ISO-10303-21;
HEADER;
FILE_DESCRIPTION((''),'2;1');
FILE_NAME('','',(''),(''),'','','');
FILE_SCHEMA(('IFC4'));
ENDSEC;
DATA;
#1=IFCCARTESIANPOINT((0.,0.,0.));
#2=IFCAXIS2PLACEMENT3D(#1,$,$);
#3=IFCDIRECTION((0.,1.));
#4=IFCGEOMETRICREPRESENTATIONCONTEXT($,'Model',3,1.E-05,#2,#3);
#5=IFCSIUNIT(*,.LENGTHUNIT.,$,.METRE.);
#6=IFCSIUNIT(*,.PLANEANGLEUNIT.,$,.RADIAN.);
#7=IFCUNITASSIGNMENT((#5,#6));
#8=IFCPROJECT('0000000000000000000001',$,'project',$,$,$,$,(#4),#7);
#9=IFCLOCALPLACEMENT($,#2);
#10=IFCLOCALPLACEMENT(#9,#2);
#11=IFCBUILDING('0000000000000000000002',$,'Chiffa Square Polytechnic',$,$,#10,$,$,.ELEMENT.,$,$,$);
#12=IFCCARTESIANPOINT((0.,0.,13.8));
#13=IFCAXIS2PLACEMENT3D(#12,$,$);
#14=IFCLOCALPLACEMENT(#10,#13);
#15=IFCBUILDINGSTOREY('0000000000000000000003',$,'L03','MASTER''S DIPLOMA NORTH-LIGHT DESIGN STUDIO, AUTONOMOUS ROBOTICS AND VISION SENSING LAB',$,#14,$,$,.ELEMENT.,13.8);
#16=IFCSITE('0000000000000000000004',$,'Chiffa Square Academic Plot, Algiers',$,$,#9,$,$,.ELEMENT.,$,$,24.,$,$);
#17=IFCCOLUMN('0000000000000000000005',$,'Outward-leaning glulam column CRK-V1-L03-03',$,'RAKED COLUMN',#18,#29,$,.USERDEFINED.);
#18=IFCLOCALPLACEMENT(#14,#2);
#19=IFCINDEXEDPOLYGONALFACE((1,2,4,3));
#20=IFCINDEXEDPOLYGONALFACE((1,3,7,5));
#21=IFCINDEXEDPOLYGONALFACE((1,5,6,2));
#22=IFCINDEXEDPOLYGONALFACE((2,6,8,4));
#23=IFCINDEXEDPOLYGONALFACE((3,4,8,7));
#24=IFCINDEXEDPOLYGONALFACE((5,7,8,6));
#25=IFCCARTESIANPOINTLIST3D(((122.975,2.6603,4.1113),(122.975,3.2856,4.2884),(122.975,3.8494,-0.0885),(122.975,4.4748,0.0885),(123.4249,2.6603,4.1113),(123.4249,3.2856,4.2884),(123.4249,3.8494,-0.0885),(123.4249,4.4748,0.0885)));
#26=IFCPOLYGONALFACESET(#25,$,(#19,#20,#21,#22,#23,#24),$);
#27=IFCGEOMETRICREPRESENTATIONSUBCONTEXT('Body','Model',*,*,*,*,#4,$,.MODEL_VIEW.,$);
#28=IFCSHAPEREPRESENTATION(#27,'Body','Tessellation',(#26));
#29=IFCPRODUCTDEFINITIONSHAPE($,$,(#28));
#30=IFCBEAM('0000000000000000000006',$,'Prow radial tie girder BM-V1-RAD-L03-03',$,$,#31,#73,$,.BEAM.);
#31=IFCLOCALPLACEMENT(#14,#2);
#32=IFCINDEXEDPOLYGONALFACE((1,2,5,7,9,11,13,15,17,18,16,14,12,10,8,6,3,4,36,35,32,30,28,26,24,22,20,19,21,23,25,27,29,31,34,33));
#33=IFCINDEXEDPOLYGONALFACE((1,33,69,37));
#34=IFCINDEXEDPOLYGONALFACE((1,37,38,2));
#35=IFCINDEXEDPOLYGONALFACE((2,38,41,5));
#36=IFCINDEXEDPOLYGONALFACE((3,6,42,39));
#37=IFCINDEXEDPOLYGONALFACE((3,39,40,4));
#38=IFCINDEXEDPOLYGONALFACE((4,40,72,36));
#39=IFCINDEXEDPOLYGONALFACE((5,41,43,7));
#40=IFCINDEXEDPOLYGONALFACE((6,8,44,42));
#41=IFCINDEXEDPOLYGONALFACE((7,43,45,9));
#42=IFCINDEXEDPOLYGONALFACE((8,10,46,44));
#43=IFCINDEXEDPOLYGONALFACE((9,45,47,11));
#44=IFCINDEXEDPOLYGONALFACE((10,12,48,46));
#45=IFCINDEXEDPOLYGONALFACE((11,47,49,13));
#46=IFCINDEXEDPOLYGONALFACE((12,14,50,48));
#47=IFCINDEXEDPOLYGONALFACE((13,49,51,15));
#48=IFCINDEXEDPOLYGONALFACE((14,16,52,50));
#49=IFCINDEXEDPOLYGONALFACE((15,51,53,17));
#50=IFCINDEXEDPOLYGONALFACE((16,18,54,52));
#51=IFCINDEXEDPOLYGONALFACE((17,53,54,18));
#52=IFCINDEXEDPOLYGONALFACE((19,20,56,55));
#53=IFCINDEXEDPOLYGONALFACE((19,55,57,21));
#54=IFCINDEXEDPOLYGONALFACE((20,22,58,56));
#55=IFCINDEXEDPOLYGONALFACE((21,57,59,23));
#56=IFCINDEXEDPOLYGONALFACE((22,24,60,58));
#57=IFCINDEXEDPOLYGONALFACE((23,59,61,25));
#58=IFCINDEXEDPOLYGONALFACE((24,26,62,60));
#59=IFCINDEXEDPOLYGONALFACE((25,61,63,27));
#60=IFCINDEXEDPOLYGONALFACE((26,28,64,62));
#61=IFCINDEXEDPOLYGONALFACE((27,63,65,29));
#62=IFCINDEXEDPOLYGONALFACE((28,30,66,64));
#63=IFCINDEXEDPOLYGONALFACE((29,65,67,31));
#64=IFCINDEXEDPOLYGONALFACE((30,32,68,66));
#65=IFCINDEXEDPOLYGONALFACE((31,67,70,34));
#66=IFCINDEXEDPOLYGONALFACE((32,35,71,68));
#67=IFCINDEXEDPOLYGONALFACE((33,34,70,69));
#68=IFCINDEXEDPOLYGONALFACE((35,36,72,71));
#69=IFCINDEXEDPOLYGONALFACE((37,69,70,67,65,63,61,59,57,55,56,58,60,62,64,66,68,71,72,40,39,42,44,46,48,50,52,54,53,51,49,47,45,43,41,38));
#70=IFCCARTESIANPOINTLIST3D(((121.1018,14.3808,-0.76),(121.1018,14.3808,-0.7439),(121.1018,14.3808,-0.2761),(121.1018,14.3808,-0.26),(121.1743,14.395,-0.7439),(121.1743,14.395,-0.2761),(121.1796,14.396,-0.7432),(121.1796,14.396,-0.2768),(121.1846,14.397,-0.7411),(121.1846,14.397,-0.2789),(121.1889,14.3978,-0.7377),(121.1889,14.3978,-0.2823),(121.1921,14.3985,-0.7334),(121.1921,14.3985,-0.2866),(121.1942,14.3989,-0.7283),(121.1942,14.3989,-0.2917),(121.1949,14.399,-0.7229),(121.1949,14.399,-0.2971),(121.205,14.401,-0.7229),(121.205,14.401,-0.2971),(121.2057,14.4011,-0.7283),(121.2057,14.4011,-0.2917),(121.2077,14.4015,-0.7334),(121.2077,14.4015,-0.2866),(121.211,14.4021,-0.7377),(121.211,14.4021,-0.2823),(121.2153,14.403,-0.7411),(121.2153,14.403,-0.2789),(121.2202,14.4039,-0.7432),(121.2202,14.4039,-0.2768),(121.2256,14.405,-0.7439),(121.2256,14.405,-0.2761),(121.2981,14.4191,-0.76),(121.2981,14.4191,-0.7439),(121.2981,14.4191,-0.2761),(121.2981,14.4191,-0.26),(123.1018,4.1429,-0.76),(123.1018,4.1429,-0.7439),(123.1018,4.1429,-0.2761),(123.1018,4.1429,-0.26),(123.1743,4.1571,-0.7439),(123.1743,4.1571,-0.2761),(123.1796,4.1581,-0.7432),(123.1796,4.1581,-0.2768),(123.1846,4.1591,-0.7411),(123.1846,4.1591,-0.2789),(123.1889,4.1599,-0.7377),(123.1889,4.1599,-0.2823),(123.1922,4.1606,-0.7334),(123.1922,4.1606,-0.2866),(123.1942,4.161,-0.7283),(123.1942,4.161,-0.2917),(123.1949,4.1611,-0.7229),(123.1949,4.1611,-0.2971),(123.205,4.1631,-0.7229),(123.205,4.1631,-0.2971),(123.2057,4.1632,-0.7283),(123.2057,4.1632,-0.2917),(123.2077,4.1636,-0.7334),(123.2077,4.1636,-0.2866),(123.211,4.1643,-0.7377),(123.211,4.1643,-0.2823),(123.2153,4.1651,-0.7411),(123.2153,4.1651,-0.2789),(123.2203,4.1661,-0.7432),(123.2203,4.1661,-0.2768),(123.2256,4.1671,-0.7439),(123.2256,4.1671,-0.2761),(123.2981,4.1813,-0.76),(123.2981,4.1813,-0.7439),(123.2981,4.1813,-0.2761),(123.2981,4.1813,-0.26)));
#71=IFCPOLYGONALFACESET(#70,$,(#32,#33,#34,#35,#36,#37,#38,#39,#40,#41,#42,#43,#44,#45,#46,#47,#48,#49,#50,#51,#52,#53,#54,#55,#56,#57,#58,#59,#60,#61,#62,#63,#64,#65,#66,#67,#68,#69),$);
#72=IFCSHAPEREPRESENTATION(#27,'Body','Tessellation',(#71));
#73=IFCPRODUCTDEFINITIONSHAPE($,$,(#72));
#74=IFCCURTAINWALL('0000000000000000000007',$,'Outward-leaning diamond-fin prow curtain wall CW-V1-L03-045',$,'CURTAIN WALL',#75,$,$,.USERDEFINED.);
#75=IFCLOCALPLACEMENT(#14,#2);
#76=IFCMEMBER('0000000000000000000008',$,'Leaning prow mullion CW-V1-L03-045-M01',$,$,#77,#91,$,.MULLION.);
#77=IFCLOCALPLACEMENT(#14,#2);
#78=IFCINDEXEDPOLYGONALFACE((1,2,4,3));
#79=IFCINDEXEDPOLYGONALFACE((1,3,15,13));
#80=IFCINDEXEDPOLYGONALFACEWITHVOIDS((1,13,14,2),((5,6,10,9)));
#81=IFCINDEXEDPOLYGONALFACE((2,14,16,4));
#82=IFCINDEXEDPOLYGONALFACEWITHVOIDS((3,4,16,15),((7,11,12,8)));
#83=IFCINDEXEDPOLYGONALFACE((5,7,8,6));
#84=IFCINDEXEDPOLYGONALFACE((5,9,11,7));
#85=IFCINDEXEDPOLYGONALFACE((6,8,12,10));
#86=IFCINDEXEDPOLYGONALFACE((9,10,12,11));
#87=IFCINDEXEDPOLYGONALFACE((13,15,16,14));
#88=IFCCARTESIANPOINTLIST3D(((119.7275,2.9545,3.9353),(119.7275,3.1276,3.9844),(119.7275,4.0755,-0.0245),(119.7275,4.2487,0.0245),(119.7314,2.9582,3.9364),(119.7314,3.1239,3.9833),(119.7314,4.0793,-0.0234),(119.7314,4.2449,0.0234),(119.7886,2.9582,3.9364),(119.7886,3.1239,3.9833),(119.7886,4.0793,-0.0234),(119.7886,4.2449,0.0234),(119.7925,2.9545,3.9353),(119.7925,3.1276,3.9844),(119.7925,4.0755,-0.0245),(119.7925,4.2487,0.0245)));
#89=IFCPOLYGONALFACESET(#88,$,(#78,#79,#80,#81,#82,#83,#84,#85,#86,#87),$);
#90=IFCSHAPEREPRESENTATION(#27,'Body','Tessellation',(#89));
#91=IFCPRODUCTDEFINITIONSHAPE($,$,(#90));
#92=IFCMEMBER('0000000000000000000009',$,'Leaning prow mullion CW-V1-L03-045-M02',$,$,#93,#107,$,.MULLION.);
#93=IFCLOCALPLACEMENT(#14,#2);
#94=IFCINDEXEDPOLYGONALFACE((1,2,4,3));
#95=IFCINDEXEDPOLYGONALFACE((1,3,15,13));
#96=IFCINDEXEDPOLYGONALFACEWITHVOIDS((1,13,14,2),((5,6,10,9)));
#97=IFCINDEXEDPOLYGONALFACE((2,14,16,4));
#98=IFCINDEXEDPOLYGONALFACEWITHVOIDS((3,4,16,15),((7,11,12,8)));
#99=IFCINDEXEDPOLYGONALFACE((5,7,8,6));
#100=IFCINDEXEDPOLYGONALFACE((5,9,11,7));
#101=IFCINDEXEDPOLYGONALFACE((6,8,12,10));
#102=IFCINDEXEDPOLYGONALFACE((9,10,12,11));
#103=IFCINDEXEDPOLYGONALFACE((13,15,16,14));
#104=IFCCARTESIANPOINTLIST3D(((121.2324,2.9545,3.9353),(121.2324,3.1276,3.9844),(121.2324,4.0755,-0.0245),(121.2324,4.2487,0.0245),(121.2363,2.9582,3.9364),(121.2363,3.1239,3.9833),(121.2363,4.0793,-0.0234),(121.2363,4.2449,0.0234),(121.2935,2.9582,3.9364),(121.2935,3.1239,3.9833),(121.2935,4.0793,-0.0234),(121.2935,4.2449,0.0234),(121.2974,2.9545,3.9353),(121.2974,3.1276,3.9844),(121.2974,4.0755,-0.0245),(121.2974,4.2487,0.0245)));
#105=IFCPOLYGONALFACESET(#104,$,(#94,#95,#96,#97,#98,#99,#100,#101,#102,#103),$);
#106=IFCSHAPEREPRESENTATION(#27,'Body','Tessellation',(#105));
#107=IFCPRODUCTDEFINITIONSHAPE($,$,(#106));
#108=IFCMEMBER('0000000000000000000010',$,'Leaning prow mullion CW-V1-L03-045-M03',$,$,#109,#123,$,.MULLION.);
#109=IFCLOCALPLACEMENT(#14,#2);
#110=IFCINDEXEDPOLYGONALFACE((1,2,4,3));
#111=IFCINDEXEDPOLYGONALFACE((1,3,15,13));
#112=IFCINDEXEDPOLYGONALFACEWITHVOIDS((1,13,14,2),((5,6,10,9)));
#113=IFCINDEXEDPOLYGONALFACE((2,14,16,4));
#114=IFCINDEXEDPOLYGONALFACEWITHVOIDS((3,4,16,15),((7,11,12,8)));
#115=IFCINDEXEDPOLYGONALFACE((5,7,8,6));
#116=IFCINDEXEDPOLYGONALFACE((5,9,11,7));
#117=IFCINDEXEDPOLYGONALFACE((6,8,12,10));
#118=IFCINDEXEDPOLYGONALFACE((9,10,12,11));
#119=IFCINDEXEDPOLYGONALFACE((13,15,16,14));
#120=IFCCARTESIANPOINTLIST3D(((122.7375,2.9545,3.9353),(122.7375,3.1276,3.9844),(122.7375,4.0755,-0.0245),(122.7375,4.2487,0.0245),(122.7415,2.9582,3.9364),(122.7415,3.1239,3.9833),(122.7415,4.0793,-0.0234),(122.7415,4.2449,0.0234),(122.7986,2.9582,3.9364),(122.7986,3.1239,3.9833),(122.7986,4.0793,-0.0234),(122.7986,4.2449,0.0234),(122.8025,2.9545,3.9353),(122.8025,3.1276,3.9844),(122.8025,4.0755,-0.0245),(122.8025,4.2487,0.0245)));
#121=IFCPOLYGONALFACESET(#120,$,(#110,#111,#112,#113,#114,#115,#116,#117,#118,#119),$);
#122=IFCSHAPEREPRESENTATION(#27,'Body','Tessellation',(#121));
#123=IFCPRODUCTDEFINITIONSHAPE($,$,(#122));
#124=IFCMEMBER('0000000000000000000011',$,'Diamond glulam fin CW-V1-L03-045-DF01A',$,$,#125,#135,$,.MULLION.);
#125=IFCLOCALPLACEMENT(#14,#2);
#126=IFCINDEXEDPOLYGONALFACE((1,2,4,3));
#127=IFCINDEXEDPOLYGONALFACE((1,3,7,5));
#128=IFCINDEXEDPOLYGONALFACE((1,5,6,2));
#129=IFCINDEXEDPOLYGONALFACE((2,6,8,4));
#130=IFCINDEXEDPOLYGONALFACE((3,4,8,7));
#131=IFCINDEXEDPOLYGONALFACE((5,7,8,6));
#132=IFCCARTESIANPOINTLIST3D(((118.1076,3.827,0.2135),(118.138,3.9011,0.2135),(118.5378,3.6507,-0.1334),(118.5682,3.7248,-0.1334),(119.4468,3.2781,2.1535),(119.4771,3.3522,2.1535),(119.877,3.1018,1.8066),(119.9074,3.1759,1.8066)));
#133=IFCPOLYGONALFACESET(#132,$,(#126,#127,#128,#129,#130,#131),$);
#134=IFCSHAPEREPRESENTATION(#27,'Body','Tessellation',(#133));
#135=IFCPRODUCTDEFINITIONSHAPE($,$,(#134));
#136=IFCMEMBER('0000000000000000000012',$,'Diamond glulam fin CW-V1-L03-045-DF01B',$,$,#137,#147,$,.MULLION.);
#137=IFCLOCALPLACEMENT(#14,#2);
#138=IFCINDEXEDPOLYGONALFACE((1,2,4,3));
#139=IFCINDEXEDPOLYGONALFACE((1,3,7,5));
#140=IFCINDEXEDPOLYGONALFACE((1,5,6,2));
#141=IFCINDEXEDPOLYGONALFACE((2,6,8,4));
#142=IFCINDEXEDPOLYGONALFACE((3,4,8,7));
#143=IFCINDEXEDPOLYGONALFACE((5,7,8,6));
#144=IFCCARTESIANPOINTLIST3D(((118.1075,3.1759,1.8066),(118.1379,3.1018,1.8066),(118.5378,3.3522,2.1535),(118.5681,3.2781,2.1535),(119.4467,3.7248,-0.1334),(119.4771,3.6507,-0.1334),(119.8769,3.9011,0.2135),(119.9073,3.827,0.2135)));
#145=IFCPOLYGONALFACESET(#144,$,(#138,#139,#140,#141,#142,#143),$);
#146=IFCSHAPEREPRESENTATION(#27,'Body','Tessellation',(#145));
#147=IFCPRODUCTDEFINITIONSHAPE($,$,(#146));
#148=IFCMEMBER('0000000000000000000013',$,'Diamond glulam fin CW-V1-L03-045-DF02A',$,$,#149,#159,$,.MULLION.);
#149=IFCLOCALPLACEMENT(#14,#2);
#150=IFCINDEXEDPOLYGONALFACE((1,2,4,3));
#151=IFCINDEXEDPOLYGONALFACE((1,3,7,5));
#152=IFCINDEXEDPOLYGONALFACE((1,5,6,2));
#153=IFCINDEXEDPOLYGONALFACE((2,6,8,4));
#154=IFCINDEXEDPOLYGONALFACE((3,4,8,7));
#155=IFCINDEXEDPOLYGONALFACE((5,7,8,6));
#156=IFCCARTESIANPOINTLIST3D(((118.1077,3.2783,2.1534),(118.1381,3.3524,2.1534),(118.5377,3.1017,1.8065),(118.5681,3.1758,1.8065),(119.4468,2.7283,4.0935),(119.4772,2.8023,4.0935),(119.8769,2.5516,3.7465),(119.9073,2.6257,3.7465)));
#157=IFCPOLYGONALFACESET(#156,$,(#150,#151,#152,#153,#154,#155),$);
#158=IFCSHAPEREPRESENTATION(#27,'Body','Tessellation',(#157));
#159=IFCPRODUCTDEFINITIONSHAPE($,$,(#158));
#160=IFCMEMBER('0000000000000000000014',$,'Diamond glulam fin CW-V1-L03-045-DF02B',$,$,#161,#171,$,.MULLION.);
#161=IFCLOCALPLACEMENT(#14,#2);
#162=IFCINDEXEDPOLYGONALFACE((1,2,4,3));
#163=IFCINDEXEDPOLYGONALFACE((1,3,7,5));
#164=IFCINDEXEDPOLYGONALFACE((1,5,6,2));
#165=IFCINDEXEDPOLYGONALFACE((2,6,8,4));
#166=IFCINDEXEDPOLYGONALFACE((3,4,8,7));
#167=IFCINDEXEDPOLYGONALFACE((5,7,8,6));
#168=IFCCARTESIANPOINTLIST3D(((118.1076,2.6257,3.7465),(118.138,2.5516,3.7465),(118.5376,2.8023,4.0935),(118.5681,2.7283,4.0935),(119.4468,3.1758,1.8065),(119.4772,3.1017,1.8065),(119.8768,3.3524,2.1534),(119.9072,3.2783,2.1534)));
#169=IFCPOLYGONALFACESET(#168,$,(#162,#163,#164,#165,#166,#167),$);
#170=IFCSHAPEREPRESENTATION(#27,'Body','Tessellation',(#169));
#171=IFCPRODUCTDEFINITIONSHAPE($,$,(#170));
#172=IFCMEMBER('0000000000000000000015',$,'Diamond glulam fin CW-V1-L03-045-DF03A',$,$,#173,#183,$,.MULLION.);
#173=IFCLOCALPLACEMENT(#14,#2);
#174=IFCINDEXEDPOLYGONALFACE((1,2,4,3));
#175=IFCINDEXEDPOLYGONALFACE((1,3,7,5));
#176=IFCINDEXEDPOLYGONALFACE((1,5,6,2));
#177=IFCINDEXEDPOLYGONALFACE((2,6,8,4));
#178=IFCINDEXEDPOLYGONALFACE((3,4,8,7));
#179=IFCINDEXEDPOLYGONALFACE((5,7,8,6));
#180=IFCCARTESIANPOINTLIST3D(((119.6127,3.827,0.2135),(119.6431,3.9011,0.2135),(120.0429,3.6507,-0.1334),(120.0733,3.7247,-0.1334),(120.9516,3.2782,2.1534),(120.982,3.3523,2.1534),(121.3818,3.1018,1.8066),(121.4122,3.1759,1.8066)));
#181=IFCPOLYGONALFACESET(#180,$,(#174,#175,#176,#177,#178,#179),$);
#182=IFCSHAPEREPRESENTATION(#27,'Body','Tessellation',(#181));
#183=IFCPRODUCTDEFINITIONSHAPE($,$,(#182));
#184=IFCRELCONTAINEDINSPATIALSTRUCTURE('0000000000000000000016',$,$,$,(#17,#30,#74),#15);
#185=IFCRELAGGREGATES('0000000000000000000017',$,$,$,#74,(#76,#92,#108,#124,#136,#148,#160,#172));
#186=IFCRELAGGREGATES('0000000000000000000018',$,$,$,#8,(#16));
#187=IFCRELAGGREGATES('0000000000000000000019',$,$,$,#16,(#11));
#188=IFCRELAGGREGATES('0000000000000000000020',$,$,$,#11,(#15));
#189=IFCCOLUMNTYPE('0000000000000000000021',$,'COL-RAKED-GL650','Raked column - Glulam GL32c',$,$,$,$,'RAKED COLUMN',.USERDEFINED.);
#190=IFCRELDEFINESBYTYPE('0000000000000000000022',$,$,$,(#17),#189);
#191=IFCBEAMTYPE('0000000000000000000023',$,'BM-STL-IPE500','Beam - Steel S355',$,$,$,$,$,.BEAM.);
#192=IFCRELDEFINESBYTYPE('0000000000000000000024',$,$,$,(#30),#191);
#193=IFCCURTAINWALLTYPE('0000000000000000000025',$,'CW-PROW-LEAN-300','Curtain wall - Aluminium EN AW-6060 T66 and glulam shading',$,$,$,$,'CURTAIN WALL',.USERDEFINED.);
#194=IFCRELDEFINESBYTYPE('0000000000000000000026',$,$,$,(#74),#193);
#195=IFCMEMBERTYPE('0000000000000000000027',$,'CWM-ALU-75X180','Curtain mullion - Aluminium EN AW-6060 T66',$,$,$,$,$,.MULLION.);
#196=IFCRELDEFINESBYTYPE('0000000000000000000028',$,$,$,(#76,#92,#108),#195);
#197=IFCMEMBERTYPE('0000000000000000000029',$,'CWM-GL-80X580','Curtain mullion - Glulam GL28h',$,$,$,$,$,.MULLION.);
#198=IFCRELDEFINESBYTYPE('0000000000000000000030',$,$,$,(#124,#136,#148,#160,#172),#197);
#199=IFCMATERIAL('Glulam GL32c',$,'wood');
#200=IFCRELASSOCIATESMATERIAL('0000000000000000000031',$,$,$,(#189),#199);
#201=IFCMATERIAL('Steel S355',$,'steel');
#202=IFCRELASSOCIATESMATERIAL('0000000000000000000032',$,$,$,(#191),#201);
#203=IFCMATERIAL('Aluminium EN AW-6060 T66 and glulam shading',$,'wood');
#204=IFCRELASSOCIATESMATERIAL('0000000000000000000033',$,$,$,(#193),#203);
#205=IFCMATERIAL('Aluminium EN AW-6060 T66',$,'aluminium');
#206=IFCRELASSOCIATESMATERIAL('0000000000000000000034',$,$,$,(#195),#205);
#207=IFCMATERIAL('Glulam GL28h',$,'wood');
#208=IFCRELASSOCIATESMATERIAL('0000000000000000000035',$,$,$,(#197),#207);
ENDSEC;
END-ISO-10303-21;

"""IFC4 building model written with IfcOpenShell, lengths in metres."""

from ifc_helpers import new_model, si_unit, direction, frame, origin, origin_2d, place, context, subcontext, project, spatial, rectangle, hollow_rectangle, i_section, extrude, material, material_profile, profile_set, type_object, element, aggregate, save


model = new_model("IFC4")

# Units and contexts
model_context = context("Model", 3, precision=1e-05, world=origin(), true_north=direction((0.0, 1.0)))
body_context = subcontext(model_context, "Body", "Model", "MODEL_VIEW")
ifc_project = project(units=[si_unit("LENGTHUNIT", "METRE"), si_unit("PLANEANGLEUNIT", "RADIAN")], contexts=[model_context])

# Site, building, storey
site_placement = place(None, origin())
site = spatial("IfcSite", under=ifc_project, at=site_placement, Name="Chiffa Square Academic Plot, Algiers", CompositionType="ELEMENT", RefElevation=24.0)
building_placement = place(site_placement, origin())
building = spatial("IfcBuilding", under=site, at=building_placement, Name="Chiffa Square Polytechnic", CompositionType="ELEMENT")
storey_placement = place(building_placement, frame((0.0, 0.0, 13.8)))
storey = spatial("IfcBuildingStorey", under=building, at=storey_placement, Name="L03", Description="MASTER'S DIPLOMA NORTH-LIGHT DESIGN STUDIO, AUTONOMOUS ROBOTICS AND VISION SENSING LAB", CompositionType="ELEMENT", Elevation=13.8)

# Column
ifc_material_1 = material(Name="Glulam GL32c", Category="wood")
ifc_material_profile_1 = material_profile(ifc_material_1, rectangle(XDim=0.45, YDim=0.6499, at=origin_2d()), Name="GL32c 450x650")
ifc_profile_set_1 = profile_set([ifc_material_profile_1], Name="Glulam GL32c")
column_type = type_object("IfcColumnType", Name="COL-RAKED-GL650", Description="Raked column - Glulam GL32c", ElementType="RAKED COLUMN", PredefinedType="USERDEFINED", material=ifc_profile_set_1)
column_placement = place(storey_placement, frame((123.2, 4.1621, 0.0), z_axis=(0.0, -0.272438, 0.962173), x_axis=(1.0, 0.0, 0.0)))
element("IfcColumn", 1, at=column_placement, inside=storey, type_object=column_type, Name="Outward-leaning glulam column CRK-V1-L03-03", ObjectType="RAKED COLUMN", PredefinedType="USERDEFINED", context=body_context, shape_type="SweptSolid", body=[
    extrude(rectangle(XDim=0.45, YDim=0.6499, at=origin_2d()), origin(), (0.0, 0.0, 1.0), 4.365),
])

# Beam
ifc_material_2 = material(Name="Steel S355", Category="steel")
ifc_material_profile_2 = material_profile(ifc_material_2, i_section(OverallWidth=0.2, OverallDepth=0.5, WebThickness=0.0103, FlangeThickness=0.0161, FilletRadius=0.021, at=origin_2d()), Name="IPE 500")
ifc_profile_set_2 = profile_set([ifc_material_profile_2], Name="Steel S355")
beam_type_1 = type_object("IfcBeamType", Name="BM-STL-IPE500", Description="Beam - Steel S355", PredefinedType="BEAM", material=ifc_profile_set_2)
beam_1_placement = place(storey_placement, frame((123.2, 4.1621, -0.51), z_axis=(-0.19173, 0.981448, 0.0), x_axis=(-0.981448, -0.19173, 0.0)))
element("IfcBeam", 2, at=beam_1_placement, inside=storey, type_object=beam_type_1, Name="Prow radial tie girder BM-V1-RAD-L03-03", PredefinedType="BEAM", context=body_context, shape_type="SweptSolid", body=[
    extrude(i_section(OverallWidth=0.2, OverallDepth=0.5, WebThickness=0.0103, FlangeThickness=0.0161, FilletRadius=0.021, at=origin_2d()), origin(), (0.0, 0.0, 1.0), 10.4314),
])

# Curtain wall, members
ifc_material_3 = material(Name="Aluminium EN AW-6060 T66 and glulam shading", Category="wood")
curtain_wall_type_1 = type_object("IfcCurtainWallType", Name="CW-PROW-LEAN-300", Description="Curtain wall - Aluminium EN AW-6060 T66 and glulam shading", ElementType="CURTAIN WALL", PredefinedType="USERDEFINED", material=ifc_material_3)
curtain_wall_1_placement = place(storey_placement, origin())
curtain_wall_1 = element("IfcCurtainWall", 3, at=curtain_wall_1_placement, inside=storey, type_object=curtain_wall_type_1, Name="Outward-leaning diamond-fin prow curtain wall CW-V1-L03-045", ObjectType="CURTAIN WALL", PredefinedType="USERDEFINED")
ifc_material_4 = material(Name="Aluminium EN AW-6060 T66", Category="aluminium")
ifc_material_profile_3 = material_profile(ifc_material_4, hollow_rectangle(XDim=0.0649, YDim=0.1799, WallThickness=0.0039, at=origin_2d()), Name="ALU 65x180x4")
ifc_profile_set_3 = profile_set([ifc_material_profile_3], Name="Aluminium EN AW-6060 T66")
member_type_1 = type_object("IfcMemberType", Name="CWM-ALU-75X180", Description="Curtain mullion - Aluminium EN AW-6060 T66", PredefinedType="MULLION", material=ifc_profile_set_3)
member_1_placement = place(storey_placement, frame((119.76, 4.1621, 0.0), z_axis=(0.0, -0.272401, 0.962184), x_axis=(1.0, 0.0, 0.0)))
member_1 = element("IfcMember", 4, at=member_1_placement, type_object=member_type_1, Name="Leaning prow mullion CW-V1-L03-045-M01", PredefinedType="MULLION", context=body_context, shape_type="SweptSolid", body=[
    extrude(hollow_rectangle(XDim=0.0649, YDim=0.1799, WallThickness=0.0039, at=origin_2d()), origin(), (0.0, 0.0, 1.0), 4.1155),
])
member_2_placement = place(storey_placement, frame((121.2649, 4.1621, 0.0), z_axis=(0.0, -0.272401, 0.962184), x_axis=(1.0, 0.0, 0.0)))
member_2 = element("IfcMember", 5, at=member_2_placement, type_object=member_type_1, Name="Leaning prow mullion CW-V1-L03-045-M02", PredefinedType="MULLION", context=body_context, shape_type="SweptSolid", body=[
    extrude(hollow_rectangle(XDim=0.0649, YDim=0.1799, WallThickness=0.0039, at=origin_2d()), origin(), (0.0, 0.0, 1.0), 4.1155),
])
member_3_placement = place(storey_placement, frame((122.77, 4.1621, 0.0), z_axis=(0.0, -0.272401, 0.962184), x_axis=(1.0, 0.0, 0.0)))
member_3 = element("IfcMember", 6, at=member_3_placement, type_object=member_type_1, Name="Leaning prow mullion CW-V1-L03-045-M03", PredefinedType="MULLION", context=body_context, shape_type="SweptSolid", body=[
    extrude(hollow_rectangle(XDim=0.0649, YDim=0.1799, WallThickness=0.0039, at=origin_2d()), origin(), (0.0, 0.0, 1.0), 4.1155),
])
ifc_material_5 = material(Name="Glulam GL28h", Category="wood")
ifc_material_profile_4 = material_profile(ifc_material_5, rectangle(XDim=0.0801, YDim=0.5801, at=origin_2d()), Name="GL28h 80x580")
ifc_profile_set_4 = profile_set([ifc_material_profile_4], Name="Glulam GL28h")
member_type_2 = type_object("IfcMemberType", Name="CWM-GL-80X580", Description="Curtain mullion - Glulam GL28h", PredefinedType="MULLION", material=ifc_profile_set_4)
member_4_placement = place(storey_placement, frame((118.3379, 3.7759, 0.04), z_axis=(0.553285, -0.226761, 0.801533), x_axis=(0.379231, 0.925302, 0.0)))
member_4 = element("IfcMember", 7, at=member_4_placement, type_object=member_type_2, Name="Diamond glulam fin CW-V1-L03-045-DF01A", PredefinedType="MULLION", context=body_context, shape_type="SweptSolid", body=[
    extrude(rectangle(XDim=0.0801, YDim=0.5801, at=origin_2d()), origin(), (0.0, 0.0, 1.0), 2.4204),
])
member_5_placement = place(storey_placement, frame((119.677, 3.7759, 0.04), z_axis=(-0.553285, -0.226761, 0.801533), x_axis=(0.379231, -0.925302, 0.0)))
member_5 = element("IfcMember", 8, at=member_5_placement, type_object=member_type_2, Name="Diamond glulam fin CW-V1-L03-045-DF01B", PredefinedType="MULLION", context=body_context, shape_type="SweptSolid", body=[
    extrude(rectangle(XDim=0.0801, YDim=0.5801, at=origin_2d()), origin(), (0.0, 0.0, 1.0), 2.4204),
])
member_6_placement = place(storey_placement, frame((118.3379, 3.2271, 1.98), z_axis=(0.553222, -0.22724, 0.801441), x_axis=(0.379952, 0.925006, 0.0)))
member_6 = element("IfcMember", 9, at=member_6_placement, type_object=member_type_2, Name="Diamond glulam fin CW-V1-L03-045-DF02A", PredefinedType="MULLION", context=body_context, shape_type="SweptSolid", body=[
    extrude(rectangle(XDim=0.0801, YDim=0.5801, at=origin_2d()), origin(), (0.0, 0.0, 1.0), 2.4207),
])
member_7_placement = place(storey_placement, frame((119.677, 3.2271, 1.98), z_axis=(-0.553222, -0.22724, 0.801441), x_axis=(0.379952, -0.925006, 0.0)))
member_7 = element("IfcMember", 10, at=member_7_placement, type_object=member_type_2, Name="Diamond glulam fin CW-V1-L03-045-DF02B", PredefinedType="MULLION", context=body_context, shape_type="SweptSolid", body=[
    extrude(rectangle(XDim=0.0801, YDim=0.5801, at=origin_2d()), origin(), (0.0, 0.0, 1.0), 2.4207),
])
member_8_placement = place(storey_placement, frame((119.843, 3.7759, 0.04), z_axis=(0.553215, -0.226774, 0.801577), x_axis=(0.37929, 0.925278, 0.0)))
member_8 = element("IfcMember", 11, at=member_8_placement, type_object=member_type_2, Name="Diamond glulam fin CW-V1-L03-045-DF03A", PredefinedType="MULLION", context=body_context, shape_type="SweptSolid", body=[
    extrude(rectangle(XDim=0.0801, YDim=0.5801, at=origin_2d()), origin(), (0.0, 0.0, 1.0), 2.4202),
])

aggregate(curtain_wall_1, [member_1, member_2, member_3, member_4, member_5, member_6, member_7, member_8])

save(model, "model.ifc")
